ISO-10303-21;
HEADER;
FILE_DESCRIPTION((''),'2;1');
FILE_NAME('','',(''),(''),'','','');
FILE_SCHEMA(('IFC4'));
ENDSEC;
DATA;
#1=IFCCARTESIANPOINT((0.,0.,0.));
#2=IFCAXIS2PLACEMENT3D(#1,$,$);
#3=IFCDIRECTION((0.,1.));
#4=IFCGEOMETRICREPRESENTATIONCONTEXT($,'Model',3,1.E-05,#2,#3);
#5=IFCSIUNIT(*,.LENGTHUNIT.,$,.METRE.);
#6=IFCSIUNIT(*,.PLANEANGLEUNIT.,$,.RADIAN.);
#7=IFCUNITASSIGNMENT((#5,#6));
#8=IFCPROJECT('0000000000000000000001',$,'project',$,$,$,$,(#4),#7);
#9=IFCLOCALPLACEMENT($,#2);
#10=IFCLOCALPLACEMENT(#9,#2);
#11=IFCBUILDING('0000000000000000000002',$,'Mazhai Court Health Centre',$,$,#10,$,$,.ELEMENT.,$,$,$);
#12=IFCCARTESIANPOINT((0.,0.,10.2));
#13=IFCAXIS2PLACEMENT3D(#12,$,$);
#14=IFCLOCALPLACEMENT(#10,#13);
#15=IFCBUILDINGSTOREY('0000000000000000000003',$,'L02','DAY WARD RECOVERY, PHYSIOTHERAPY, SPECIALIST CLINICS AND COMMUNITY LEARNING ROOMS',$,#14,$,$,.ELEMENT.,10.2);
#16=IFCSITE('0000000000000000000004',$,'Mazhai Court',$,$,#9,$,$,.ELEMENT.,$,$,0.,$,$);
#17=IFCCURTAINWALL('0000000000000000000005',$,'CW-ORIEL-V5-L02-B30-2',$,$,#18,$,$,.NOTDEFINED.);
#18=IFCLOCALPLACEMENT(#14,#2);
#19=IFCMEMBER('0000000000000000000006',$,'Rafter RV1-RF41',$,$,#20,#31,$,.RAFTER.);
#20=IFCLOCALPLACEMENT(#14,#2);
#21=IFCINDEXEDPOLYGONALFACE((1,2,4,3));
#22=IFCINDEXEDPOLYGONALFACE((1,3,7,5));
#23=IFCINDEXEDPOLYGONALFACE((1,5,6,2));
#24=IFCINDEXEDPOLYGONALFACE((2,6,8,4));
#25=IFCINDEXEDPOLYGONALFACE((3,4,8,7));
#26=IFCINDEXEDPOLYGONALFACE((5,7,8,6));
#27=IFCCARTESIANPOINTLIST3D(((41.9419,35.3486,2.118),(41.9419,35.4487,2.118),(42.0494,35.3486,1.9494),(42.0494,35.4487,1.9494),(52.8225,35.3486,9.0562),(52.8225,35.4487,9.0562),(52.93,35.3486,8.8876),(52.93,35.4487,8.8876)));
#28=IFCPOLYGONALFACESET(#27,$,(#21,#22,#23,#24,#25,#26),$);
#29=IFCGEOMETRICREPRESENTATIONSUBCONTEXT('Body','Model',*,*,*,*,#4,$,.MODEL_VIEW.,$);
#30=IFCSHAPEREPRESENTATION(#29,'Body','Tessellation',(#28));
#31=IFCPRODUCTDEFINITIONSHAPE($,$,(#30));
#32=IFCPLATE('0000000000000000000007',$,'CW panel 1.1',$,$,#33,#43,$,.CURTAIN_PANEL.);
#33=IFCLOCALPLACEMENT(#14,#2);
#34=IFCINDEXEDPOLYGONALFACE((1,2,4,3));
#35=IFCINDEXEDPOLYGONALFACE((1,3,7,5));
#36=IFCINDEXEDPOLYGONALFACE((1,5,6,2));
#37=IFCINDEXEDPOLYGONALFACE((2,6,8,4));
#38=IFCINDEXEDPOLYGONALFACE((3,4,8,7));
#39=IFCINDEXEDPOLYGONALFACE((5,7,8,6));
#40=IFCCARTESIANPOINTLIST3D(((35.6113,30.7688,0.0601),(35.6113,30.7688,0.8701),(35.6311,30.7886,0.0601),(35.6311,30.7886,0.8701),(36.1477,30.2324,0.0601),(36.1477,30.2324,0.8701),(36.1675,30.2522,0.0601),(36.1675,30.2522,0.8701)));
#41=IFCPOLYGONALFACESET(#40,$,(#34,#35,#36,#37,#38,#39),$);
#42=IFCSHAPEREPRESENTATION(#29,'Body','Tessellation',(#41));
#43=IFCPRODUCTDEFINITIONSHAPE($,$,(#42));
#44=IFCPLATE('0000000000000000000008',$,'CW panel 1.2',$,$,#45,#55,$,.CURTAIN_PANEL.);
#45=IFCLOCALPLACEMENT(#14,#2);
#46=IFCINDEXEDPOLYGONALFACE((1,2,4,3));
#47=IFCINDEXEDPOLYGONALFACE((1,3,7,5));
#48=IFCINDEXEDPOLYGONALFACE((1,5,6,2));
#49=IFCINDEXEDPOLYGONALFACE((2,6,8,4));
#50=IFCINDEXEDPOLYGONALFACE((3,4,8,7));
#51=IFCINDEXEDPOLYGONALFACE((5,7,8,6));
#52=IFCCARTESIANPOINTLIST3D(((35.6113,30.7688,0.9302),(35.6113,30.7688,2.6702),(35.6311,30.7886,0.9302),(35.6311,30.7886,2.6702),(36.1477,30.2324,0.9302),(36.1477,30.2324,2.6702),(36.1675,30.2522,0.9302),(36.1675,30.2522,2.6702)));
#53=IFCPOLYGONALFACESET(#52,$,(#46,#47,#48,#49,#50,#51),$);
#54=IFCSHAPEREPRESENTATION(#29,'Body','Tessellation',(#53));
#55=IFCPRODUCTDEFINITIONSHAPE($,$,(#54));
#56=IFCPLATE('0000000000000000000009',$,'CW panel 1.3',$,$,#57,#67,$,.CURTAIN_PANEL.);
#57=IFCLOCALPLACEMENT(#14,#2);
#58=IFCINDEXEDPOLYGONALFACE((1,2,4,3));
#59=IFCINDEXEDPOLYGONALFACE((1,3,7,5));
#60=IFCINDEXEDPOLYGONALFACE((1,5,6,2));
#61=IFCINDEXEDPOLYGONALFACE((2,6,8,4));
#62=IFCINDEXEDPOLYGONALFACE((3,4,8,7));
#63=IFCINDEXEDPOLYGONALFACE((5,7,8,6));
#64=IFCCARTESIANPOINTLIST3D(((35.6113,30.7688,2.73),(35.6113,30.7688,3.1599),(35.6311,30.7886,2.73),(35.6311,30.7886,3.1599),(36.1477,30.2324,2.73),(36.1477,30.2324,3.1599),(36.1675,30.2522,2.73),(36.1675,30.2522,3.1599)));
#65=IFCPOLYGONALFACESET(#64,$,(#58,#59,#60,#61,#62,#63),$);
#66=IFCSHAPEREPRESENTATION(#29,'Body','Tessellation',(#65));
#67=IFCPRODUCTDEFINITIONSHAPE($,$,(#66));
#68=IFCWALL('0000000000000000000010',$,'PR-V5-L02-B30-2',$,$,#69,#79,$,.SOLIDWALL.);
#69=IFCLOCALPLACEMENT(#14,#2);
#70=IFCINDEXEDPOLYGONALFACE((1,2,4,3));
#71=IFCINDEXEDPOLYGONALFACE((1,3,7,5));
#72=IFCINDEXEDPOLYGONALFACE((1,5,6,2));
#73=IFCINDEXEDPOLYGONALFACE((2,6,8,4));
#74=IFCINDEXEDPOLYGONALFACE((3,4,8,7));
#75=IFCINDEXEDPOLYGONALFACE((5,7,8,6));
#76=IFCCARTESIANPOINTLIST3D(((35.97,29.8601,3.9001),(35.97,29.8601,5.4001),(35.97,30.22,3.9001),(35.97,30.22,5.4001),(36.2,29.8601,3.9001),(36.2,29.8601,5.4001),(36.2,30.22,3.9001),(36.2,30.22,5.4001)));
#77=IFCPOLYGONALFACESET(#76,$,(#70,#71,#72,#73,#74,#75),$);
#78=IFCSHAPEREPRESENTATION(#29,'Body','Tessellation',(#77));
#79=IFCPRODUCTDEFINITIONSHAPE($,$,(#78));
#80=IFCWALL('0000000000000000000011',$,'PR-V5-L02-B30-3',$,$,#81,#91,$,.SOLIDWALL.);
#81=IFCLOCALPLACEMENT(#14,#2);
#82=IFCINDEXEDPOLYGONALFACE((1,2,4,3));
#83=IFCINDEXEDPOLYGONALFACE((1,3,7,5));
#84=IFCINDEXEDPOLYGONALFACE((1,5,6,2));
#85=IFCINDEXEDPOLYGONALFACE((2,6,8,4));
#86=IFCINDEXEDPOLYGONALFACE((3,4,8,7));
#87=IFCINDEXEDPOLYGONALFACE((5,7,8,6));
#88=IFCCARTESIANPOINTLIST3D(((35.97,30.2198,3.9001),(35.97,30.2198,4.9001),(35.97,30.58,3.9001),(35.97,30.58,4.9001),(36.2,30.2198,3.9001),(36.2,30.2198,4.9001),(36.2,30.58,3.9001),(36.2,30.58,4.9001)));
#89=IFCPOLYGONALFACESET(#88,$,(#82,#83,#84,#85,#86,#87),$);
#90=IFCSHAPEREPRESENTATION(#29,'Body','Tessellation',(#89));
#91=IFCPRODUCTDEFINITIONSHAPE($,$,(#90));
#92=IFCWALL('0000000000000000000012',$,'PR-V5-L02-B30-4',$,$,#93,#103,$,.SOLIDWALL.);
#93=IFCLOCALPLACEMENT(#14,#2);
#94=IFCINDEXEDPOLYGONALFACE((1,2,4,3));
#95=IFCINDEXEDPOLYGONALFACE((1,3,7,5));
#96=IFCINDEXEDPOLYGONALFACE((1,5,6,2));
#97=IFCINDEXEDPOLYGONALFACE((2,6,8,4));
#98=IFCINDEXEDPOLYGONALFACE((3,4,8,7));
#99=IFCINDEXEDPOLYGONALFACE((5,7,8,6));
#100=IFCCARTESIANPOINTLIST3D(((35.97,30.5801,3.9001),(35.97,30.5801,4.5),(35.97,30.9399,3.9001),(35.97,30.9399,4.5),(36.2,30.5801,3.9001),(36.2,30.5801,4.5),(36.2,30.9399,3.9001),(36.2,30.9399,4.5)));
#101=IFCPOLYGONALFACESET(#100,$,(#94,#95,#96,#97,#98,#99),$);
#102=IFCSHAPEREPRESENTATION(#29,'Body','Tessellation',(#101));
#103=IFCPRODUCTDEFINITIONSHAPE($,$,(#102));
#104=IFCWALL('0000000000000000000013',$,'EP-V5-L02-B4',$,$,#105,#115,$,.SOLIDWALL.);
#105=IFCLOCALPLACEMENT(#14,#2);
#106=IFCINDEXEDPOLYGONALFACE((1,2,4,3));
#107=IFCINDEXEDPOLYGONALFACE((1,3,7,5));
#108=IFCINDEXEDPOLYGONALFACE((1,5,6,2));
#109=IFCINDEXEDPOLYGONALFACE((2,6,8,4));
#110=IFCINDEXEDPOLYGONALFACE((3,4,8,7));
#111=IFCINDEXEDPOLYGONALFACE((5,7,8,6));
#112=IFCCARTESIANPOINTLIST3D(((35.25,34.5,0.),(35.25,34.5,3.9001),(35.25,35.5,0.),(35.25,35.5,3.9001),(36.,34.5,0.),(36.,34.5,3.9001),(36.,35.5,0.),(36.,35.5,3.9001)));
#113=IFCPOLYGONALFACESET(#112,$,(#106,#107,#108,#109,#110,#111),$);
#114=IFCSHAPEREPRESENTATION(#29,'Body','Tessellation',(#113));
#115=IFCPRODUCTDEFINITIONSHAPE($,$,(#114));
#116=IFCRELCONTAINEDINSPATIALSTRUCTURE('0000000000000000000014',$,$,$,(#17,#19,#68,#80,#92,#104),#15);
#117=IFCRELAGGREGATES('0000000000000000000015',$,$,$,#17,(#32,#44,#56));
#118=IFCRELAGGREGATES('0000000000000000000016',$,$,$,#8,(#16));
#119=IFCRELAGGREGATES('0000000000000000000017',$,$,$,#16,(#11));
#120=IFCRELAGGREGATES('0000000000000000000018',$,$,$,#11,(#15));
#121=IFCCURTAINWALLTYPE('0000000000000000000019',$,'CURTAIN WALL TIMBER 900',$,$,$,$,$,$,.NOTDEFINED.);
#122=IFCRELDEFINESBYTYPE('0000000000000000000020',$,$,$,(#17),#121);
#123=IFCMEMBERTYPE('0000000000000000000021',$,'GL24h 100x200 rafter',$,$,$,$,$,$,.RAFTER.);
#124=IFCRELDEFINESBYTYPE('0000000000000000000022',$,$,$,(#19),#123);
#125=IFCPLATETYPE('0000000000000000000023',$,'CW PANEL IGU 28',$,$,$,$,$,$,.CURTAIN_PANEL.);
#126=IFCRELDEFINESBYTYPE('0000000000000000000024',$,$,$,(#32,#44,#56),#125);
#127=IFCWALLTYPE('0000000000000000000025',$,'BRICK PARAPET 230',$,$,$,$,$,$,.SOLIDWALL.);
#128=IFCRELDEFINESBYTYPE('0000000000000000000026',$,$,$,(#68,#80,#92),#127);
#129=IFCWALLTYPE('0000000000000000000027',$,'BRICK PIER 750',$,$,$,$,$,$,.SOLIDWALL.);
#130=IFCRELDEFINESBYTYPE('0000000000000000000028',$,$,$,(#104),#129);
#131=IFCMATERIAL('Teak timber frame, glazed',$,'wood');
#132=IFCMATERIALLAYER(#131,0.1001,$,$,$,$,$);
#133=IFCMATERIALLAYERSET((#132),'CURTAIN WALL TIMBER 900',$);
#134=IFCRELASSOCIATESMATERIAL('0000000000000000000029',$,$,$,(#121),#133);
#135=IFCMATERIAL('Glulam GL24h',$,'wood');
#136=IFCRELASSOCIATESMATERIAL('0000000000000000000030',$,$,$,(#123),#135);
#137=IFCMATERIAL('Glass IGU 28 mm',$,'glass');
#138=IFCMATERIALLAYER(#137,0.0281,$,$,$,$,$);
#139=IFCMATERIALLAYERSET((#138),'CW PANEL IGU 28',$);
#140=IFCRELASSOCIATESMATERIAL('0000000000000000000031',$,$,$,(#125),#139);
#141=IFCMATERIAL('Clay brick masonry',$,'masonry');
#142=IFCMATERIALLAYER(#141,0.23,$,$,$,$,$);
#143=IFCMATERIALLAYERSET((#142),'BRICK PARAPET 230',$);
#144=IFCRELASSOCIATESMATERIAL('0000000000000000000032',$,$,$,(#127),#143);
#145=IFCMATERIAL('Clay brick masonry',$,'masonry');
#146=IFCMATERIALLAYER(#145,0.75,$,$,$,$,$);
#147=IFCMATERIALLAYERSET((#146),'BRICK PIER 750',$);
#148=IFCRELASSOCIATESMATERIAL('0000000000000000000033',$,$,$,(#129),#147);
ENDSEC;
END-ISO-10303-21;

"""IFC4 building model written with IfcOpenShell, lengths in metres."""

from ifc_helpers import new_model, si_unit, direction, frame, frame_2d, origin, origin_2d, place, context, subcontext, project, spatial, rectangle, extrude, material, layer, layer_set, material_profile, profile_set, type_object, element, aggregate, save


model = new_model("IFC4")

# Units and contexts
model_context = context("Model", 3, precision=1e-05, world=origin(), true_north=direction((0.0, 1.0)))
body_context = subcontext(model_context, "Body", "Model", "MODEL_VIEW")
ifc_project = project(units=[si_unit("LENGTHUNIT", "METRE"), si_unit("PLANEANGLEUNIT", "RADIAN")], contexts=[model_context])

# Site, building, storey
site_placement = place(None, origin())
site = spatial("IfcSite", under=ifc_project, at=site_placement, Name="Mazhai Court", CompositionType="ELEMENT", RefElevation=0.0)
building_placement = place(site_placement, origin())
building = spatial("IfcBuilding", under=site, at=building_placement, Name="Mazhai Court Health Centre", CompositionType="ELEMENT")
storey_placement = place(building_placement, frame((0.0, 0.0, 10.2)))
storey = spatial("IfcBuildingStorey", under=building, at=storey_placement, Name="L02", Description="DAY WARD RECOVERY, PHYSIOTHERAPY, SPECIALIST CLINICS AND COMMUNITY LEARNING ROOMS", CompositionType="ELEMENT", Elevation=10.2)

# Shared definitions
ifc_material_1 = material(Name="Teak timber frame, glazed", Category="wood")
ifc_layer_1 = layer(ifc_material_1, 0.1001)
ifc_layer_set_1 = layer_set([ifc_layer_1], Name="CURTAIN WALL TIMBER 900")
curtain_wall_type = type_object("IfcCurtainWallType", Name="CURTAIN WALL TIMBER 900", PredefinedType="NOTDEFINED", material=ifc_layer_set_1)

# Curtain wall
curtain_wall_1_placement = place(storey_placement, origin())
curtain_wall_1 = element("IfcCurtainWall", 1, at=curtain_wall_1_placement, inside=storey, type_object=curtain_wall_type, Name="CW-ORIEL-V5-L02-B30-2", PredefinedType="NOTDEFINED")

# Member
ifc_material_2 = material(Name="Glulam GL24h", Category="wood")
ifc_material_profile_1 = material_profile(ifc_material_2, rectangle(XDim=0.1001, YDim=0.2, at=origin_2d()), Name="GL24h 100x200")
ifc_profile_set_1 = profile_set([ifc_material_profile_1], Name="Glulam GL24h")
member_type_1 = type_object("IfcMemberType", Name="GL24h 100x200 rafter", PredefinedType="RAFTER", material=ifc_profile_set_1)
for number, where, z_axis, x_axis, name in (
    (2, (41.9956, 35.3987, 2.0337), (0.843163, 0.0, 0.537659), (0.0, 1.0, 0.0), "Rafter RV1-RF41"),
):
    element("IfcMember", number, at=place(storey_placement, frame(where, z_axis=z_axis, x_axis=x_axis)), inside=storey, type_object=member_type_1, Name=name, PredefinedType="RAFTER", context=body_context, shape_type="SweptSolid", body=[
        extrude(rectangle(XDim=0.1001, YDim=0.2, at=origin_2d()), origin(), (0.0, 0.0, 1.0), 12.9045),
    ])

# Plates
ifc_material_3 = material(Name="Glass IGU 28 mm", Category="glass")
ifc_layer_2 = layer(ifc_material_3, 0.0281)
ifc_layer_set_2 = layer_set([ifc_layer_2], Name="CW PANEL IGU 28")
plate_type = type_object("IfcPlateType", Name="CW PANEL IGU 28", PredefinedType="CURTAIN_PANEL", material=ifc_layer_set_2)
plate_1_placement = place(storey_placement, frame((35.8894, 30.5105, 0.0601), z_axis=(0.0, 0.0, 1.0), x_axis=(-0.707107, 0.707107, 0.0)))
plate_1 = element("IfcPlate", 3, at=plate_1_placement, type_object=plate_type, Name="CW panel 1.1", PredefinedType="CURTAIN_PANEL", context=body_context, shape_type="SweptSolid", body=[
    extrude(rectangle(XDim=0.7585, YDim=0.0281, at=origin_2d()), origin(), (0.0, 0.0, 1.0), 0.8101),
])
plate_2_placement = place(storey_placement, frame((35.8894, 30.5105, 0.9302), z_axis=(0.0, 0.0, 1.0), x_axis=(-0.707107, 0.707107, 0.0)))
plate_2 = element("IfcPlate", 4, at=plate_2_placement, type_object=plate_type, Name="CW panel 1.2", PredefinedType="CURTAIN_PANEL", context=body_context, shape_type="SweptSolid", body=[
    extrude(rectangle(XDim=0.7585, YDim=0.0281, at=origin_2d()), origin(), (0.0, 0.0, 1.0), 1.74),
])
plate_3_placement = place(storey_placement, frame((35.8894, 30.5105, 2.73), z_axis=(0.0, 0.0, 1.0), x_axis=(-0.707107, 0.707107, 0.0)))
plate_3 = element("IfcPlate", 5, at=plate_3_placement, type_object=plate_type, Name="CW panel 1.3", PredefinedType="CURTAIN_PANEL", context=body_context, shape_type="SweptSolid", body=[
    extrude(rectangle(XDim=0.7585, YDim=0.0281, at=origin_2d()), origin(), (0.0, 0.0, 1.0), 0.4299),
])
aggregate(curtain_wall_1, [plate_1, plate_2, plate_3])

# Walls
ifc_material_4 = material(Name="Clay brick masonry", Category="masonry")
ifc_layer_3 = layer(ifc_material_4, 0.23)
ifc_layer_set_3 = layer_set([ifc_layer_3], Name="BRICK PARAPET 230")
wall_type_1 = type_object("IfcWallType", Name="BRICK PARAPET 230", PredefinedType="SOLIDWALL", material=ifc_layer_set_3)
wall_1_placement = place(storey_placement, frame((36.085, 30.22, 3.9001), z_axis=(0.0, 0.0, 1.0), x_axis=(0.0, -1.0, 0.0)))
element("IfcWall", 6, at=wall_1_placement, inside=storey, type_object=wall_type_1, Name="PR-V5-L02-B30-2", PredefinedType="SOLIDWALL", context=body_context, shape_type="SweptSolid", body=[
    extrude(rectangle(XDim=0.3599, YDim=0.23, at=frame_2d((0.1799, 0.0))), origin(), (0.0, 0.0, 1.0), 1.5),
])
wall_2_placement = place(storey_placement, frame((36.085, 30.5801, 3.9001), z_axis=(0.0, 0.0, 1.0), x_axis=(0.0, -1.0, 0.0)))
element("IfcWall", 7, at=wall_2_placement, inside=storey, type_object=wall_type_1, Name="PR-V5-L02-B30-3", PredefinedType="SOLIDWALL", context=body_context, shape_type="SweptSolid", body=[
    extrude(rectangle(XDim=0.3601, YDim=0.23, at=frame_2d((0.1802, 0.0))), origin(), (0.0, 0.0, 1.0), 1.0),
])
wall_3_placement = place(storey_placement, frame((36.085, 30.9399, 3.9001), z_axis=(0.0, 0.0, 1.0), x_axis=(0.0, -1.0, 0.0)))
element("IfcWall", 8, at=wall_3_placement, inside=storey, type_object=wall_type_1, Name="PR-V5-L02-B30-4", PredefinedType="SOLIDWALL", context=body_context, shape_type="SweptSolid", body=[
    extrude(rectangle(XDim=0.3599, YDim=0.23, at=frame_2d((0.1799, 0.0))), origin(), (0.0, 0.0, 1.0), 0.5999),
])
ifc_material_5 = material(Name="Clay brick masonry", Category="masonry")
ifc_layer_4 = layer(ifc_material_5, 0.75)
ifc_layer_set_4 = layer_set([ifc_layer_4], Name="BRICK PIER 750")
wall_type_2 = type_object("IfcWallType", Name="BRICK PIER 750", PredefinedType="SOLIDWALL", material=ifc_layer_set_4)
wall_4_placement = place(storey_placement, frame((35.625, 35.5, 0.0), z_axis=(0.0, 0.0, 1.0), x_axis=(0.0, -1.0, 0.0)))
element("IfcWall", 9, at=wall_4_placement, inside=storey, type_object=wall_type_2, Name="EP-V5-L02-B4", PredefinedType="SOLIDWALL", context=body_context, shape_type="SweptSolid", body=[
    extrude(rectangle(XDim=1.0, YDim=0.75, at=frame_2d((0.5, 0.0))), origin(), (0.0, 0.0, 1.0), 3.9001),
])

save(model, "model.ifc")
